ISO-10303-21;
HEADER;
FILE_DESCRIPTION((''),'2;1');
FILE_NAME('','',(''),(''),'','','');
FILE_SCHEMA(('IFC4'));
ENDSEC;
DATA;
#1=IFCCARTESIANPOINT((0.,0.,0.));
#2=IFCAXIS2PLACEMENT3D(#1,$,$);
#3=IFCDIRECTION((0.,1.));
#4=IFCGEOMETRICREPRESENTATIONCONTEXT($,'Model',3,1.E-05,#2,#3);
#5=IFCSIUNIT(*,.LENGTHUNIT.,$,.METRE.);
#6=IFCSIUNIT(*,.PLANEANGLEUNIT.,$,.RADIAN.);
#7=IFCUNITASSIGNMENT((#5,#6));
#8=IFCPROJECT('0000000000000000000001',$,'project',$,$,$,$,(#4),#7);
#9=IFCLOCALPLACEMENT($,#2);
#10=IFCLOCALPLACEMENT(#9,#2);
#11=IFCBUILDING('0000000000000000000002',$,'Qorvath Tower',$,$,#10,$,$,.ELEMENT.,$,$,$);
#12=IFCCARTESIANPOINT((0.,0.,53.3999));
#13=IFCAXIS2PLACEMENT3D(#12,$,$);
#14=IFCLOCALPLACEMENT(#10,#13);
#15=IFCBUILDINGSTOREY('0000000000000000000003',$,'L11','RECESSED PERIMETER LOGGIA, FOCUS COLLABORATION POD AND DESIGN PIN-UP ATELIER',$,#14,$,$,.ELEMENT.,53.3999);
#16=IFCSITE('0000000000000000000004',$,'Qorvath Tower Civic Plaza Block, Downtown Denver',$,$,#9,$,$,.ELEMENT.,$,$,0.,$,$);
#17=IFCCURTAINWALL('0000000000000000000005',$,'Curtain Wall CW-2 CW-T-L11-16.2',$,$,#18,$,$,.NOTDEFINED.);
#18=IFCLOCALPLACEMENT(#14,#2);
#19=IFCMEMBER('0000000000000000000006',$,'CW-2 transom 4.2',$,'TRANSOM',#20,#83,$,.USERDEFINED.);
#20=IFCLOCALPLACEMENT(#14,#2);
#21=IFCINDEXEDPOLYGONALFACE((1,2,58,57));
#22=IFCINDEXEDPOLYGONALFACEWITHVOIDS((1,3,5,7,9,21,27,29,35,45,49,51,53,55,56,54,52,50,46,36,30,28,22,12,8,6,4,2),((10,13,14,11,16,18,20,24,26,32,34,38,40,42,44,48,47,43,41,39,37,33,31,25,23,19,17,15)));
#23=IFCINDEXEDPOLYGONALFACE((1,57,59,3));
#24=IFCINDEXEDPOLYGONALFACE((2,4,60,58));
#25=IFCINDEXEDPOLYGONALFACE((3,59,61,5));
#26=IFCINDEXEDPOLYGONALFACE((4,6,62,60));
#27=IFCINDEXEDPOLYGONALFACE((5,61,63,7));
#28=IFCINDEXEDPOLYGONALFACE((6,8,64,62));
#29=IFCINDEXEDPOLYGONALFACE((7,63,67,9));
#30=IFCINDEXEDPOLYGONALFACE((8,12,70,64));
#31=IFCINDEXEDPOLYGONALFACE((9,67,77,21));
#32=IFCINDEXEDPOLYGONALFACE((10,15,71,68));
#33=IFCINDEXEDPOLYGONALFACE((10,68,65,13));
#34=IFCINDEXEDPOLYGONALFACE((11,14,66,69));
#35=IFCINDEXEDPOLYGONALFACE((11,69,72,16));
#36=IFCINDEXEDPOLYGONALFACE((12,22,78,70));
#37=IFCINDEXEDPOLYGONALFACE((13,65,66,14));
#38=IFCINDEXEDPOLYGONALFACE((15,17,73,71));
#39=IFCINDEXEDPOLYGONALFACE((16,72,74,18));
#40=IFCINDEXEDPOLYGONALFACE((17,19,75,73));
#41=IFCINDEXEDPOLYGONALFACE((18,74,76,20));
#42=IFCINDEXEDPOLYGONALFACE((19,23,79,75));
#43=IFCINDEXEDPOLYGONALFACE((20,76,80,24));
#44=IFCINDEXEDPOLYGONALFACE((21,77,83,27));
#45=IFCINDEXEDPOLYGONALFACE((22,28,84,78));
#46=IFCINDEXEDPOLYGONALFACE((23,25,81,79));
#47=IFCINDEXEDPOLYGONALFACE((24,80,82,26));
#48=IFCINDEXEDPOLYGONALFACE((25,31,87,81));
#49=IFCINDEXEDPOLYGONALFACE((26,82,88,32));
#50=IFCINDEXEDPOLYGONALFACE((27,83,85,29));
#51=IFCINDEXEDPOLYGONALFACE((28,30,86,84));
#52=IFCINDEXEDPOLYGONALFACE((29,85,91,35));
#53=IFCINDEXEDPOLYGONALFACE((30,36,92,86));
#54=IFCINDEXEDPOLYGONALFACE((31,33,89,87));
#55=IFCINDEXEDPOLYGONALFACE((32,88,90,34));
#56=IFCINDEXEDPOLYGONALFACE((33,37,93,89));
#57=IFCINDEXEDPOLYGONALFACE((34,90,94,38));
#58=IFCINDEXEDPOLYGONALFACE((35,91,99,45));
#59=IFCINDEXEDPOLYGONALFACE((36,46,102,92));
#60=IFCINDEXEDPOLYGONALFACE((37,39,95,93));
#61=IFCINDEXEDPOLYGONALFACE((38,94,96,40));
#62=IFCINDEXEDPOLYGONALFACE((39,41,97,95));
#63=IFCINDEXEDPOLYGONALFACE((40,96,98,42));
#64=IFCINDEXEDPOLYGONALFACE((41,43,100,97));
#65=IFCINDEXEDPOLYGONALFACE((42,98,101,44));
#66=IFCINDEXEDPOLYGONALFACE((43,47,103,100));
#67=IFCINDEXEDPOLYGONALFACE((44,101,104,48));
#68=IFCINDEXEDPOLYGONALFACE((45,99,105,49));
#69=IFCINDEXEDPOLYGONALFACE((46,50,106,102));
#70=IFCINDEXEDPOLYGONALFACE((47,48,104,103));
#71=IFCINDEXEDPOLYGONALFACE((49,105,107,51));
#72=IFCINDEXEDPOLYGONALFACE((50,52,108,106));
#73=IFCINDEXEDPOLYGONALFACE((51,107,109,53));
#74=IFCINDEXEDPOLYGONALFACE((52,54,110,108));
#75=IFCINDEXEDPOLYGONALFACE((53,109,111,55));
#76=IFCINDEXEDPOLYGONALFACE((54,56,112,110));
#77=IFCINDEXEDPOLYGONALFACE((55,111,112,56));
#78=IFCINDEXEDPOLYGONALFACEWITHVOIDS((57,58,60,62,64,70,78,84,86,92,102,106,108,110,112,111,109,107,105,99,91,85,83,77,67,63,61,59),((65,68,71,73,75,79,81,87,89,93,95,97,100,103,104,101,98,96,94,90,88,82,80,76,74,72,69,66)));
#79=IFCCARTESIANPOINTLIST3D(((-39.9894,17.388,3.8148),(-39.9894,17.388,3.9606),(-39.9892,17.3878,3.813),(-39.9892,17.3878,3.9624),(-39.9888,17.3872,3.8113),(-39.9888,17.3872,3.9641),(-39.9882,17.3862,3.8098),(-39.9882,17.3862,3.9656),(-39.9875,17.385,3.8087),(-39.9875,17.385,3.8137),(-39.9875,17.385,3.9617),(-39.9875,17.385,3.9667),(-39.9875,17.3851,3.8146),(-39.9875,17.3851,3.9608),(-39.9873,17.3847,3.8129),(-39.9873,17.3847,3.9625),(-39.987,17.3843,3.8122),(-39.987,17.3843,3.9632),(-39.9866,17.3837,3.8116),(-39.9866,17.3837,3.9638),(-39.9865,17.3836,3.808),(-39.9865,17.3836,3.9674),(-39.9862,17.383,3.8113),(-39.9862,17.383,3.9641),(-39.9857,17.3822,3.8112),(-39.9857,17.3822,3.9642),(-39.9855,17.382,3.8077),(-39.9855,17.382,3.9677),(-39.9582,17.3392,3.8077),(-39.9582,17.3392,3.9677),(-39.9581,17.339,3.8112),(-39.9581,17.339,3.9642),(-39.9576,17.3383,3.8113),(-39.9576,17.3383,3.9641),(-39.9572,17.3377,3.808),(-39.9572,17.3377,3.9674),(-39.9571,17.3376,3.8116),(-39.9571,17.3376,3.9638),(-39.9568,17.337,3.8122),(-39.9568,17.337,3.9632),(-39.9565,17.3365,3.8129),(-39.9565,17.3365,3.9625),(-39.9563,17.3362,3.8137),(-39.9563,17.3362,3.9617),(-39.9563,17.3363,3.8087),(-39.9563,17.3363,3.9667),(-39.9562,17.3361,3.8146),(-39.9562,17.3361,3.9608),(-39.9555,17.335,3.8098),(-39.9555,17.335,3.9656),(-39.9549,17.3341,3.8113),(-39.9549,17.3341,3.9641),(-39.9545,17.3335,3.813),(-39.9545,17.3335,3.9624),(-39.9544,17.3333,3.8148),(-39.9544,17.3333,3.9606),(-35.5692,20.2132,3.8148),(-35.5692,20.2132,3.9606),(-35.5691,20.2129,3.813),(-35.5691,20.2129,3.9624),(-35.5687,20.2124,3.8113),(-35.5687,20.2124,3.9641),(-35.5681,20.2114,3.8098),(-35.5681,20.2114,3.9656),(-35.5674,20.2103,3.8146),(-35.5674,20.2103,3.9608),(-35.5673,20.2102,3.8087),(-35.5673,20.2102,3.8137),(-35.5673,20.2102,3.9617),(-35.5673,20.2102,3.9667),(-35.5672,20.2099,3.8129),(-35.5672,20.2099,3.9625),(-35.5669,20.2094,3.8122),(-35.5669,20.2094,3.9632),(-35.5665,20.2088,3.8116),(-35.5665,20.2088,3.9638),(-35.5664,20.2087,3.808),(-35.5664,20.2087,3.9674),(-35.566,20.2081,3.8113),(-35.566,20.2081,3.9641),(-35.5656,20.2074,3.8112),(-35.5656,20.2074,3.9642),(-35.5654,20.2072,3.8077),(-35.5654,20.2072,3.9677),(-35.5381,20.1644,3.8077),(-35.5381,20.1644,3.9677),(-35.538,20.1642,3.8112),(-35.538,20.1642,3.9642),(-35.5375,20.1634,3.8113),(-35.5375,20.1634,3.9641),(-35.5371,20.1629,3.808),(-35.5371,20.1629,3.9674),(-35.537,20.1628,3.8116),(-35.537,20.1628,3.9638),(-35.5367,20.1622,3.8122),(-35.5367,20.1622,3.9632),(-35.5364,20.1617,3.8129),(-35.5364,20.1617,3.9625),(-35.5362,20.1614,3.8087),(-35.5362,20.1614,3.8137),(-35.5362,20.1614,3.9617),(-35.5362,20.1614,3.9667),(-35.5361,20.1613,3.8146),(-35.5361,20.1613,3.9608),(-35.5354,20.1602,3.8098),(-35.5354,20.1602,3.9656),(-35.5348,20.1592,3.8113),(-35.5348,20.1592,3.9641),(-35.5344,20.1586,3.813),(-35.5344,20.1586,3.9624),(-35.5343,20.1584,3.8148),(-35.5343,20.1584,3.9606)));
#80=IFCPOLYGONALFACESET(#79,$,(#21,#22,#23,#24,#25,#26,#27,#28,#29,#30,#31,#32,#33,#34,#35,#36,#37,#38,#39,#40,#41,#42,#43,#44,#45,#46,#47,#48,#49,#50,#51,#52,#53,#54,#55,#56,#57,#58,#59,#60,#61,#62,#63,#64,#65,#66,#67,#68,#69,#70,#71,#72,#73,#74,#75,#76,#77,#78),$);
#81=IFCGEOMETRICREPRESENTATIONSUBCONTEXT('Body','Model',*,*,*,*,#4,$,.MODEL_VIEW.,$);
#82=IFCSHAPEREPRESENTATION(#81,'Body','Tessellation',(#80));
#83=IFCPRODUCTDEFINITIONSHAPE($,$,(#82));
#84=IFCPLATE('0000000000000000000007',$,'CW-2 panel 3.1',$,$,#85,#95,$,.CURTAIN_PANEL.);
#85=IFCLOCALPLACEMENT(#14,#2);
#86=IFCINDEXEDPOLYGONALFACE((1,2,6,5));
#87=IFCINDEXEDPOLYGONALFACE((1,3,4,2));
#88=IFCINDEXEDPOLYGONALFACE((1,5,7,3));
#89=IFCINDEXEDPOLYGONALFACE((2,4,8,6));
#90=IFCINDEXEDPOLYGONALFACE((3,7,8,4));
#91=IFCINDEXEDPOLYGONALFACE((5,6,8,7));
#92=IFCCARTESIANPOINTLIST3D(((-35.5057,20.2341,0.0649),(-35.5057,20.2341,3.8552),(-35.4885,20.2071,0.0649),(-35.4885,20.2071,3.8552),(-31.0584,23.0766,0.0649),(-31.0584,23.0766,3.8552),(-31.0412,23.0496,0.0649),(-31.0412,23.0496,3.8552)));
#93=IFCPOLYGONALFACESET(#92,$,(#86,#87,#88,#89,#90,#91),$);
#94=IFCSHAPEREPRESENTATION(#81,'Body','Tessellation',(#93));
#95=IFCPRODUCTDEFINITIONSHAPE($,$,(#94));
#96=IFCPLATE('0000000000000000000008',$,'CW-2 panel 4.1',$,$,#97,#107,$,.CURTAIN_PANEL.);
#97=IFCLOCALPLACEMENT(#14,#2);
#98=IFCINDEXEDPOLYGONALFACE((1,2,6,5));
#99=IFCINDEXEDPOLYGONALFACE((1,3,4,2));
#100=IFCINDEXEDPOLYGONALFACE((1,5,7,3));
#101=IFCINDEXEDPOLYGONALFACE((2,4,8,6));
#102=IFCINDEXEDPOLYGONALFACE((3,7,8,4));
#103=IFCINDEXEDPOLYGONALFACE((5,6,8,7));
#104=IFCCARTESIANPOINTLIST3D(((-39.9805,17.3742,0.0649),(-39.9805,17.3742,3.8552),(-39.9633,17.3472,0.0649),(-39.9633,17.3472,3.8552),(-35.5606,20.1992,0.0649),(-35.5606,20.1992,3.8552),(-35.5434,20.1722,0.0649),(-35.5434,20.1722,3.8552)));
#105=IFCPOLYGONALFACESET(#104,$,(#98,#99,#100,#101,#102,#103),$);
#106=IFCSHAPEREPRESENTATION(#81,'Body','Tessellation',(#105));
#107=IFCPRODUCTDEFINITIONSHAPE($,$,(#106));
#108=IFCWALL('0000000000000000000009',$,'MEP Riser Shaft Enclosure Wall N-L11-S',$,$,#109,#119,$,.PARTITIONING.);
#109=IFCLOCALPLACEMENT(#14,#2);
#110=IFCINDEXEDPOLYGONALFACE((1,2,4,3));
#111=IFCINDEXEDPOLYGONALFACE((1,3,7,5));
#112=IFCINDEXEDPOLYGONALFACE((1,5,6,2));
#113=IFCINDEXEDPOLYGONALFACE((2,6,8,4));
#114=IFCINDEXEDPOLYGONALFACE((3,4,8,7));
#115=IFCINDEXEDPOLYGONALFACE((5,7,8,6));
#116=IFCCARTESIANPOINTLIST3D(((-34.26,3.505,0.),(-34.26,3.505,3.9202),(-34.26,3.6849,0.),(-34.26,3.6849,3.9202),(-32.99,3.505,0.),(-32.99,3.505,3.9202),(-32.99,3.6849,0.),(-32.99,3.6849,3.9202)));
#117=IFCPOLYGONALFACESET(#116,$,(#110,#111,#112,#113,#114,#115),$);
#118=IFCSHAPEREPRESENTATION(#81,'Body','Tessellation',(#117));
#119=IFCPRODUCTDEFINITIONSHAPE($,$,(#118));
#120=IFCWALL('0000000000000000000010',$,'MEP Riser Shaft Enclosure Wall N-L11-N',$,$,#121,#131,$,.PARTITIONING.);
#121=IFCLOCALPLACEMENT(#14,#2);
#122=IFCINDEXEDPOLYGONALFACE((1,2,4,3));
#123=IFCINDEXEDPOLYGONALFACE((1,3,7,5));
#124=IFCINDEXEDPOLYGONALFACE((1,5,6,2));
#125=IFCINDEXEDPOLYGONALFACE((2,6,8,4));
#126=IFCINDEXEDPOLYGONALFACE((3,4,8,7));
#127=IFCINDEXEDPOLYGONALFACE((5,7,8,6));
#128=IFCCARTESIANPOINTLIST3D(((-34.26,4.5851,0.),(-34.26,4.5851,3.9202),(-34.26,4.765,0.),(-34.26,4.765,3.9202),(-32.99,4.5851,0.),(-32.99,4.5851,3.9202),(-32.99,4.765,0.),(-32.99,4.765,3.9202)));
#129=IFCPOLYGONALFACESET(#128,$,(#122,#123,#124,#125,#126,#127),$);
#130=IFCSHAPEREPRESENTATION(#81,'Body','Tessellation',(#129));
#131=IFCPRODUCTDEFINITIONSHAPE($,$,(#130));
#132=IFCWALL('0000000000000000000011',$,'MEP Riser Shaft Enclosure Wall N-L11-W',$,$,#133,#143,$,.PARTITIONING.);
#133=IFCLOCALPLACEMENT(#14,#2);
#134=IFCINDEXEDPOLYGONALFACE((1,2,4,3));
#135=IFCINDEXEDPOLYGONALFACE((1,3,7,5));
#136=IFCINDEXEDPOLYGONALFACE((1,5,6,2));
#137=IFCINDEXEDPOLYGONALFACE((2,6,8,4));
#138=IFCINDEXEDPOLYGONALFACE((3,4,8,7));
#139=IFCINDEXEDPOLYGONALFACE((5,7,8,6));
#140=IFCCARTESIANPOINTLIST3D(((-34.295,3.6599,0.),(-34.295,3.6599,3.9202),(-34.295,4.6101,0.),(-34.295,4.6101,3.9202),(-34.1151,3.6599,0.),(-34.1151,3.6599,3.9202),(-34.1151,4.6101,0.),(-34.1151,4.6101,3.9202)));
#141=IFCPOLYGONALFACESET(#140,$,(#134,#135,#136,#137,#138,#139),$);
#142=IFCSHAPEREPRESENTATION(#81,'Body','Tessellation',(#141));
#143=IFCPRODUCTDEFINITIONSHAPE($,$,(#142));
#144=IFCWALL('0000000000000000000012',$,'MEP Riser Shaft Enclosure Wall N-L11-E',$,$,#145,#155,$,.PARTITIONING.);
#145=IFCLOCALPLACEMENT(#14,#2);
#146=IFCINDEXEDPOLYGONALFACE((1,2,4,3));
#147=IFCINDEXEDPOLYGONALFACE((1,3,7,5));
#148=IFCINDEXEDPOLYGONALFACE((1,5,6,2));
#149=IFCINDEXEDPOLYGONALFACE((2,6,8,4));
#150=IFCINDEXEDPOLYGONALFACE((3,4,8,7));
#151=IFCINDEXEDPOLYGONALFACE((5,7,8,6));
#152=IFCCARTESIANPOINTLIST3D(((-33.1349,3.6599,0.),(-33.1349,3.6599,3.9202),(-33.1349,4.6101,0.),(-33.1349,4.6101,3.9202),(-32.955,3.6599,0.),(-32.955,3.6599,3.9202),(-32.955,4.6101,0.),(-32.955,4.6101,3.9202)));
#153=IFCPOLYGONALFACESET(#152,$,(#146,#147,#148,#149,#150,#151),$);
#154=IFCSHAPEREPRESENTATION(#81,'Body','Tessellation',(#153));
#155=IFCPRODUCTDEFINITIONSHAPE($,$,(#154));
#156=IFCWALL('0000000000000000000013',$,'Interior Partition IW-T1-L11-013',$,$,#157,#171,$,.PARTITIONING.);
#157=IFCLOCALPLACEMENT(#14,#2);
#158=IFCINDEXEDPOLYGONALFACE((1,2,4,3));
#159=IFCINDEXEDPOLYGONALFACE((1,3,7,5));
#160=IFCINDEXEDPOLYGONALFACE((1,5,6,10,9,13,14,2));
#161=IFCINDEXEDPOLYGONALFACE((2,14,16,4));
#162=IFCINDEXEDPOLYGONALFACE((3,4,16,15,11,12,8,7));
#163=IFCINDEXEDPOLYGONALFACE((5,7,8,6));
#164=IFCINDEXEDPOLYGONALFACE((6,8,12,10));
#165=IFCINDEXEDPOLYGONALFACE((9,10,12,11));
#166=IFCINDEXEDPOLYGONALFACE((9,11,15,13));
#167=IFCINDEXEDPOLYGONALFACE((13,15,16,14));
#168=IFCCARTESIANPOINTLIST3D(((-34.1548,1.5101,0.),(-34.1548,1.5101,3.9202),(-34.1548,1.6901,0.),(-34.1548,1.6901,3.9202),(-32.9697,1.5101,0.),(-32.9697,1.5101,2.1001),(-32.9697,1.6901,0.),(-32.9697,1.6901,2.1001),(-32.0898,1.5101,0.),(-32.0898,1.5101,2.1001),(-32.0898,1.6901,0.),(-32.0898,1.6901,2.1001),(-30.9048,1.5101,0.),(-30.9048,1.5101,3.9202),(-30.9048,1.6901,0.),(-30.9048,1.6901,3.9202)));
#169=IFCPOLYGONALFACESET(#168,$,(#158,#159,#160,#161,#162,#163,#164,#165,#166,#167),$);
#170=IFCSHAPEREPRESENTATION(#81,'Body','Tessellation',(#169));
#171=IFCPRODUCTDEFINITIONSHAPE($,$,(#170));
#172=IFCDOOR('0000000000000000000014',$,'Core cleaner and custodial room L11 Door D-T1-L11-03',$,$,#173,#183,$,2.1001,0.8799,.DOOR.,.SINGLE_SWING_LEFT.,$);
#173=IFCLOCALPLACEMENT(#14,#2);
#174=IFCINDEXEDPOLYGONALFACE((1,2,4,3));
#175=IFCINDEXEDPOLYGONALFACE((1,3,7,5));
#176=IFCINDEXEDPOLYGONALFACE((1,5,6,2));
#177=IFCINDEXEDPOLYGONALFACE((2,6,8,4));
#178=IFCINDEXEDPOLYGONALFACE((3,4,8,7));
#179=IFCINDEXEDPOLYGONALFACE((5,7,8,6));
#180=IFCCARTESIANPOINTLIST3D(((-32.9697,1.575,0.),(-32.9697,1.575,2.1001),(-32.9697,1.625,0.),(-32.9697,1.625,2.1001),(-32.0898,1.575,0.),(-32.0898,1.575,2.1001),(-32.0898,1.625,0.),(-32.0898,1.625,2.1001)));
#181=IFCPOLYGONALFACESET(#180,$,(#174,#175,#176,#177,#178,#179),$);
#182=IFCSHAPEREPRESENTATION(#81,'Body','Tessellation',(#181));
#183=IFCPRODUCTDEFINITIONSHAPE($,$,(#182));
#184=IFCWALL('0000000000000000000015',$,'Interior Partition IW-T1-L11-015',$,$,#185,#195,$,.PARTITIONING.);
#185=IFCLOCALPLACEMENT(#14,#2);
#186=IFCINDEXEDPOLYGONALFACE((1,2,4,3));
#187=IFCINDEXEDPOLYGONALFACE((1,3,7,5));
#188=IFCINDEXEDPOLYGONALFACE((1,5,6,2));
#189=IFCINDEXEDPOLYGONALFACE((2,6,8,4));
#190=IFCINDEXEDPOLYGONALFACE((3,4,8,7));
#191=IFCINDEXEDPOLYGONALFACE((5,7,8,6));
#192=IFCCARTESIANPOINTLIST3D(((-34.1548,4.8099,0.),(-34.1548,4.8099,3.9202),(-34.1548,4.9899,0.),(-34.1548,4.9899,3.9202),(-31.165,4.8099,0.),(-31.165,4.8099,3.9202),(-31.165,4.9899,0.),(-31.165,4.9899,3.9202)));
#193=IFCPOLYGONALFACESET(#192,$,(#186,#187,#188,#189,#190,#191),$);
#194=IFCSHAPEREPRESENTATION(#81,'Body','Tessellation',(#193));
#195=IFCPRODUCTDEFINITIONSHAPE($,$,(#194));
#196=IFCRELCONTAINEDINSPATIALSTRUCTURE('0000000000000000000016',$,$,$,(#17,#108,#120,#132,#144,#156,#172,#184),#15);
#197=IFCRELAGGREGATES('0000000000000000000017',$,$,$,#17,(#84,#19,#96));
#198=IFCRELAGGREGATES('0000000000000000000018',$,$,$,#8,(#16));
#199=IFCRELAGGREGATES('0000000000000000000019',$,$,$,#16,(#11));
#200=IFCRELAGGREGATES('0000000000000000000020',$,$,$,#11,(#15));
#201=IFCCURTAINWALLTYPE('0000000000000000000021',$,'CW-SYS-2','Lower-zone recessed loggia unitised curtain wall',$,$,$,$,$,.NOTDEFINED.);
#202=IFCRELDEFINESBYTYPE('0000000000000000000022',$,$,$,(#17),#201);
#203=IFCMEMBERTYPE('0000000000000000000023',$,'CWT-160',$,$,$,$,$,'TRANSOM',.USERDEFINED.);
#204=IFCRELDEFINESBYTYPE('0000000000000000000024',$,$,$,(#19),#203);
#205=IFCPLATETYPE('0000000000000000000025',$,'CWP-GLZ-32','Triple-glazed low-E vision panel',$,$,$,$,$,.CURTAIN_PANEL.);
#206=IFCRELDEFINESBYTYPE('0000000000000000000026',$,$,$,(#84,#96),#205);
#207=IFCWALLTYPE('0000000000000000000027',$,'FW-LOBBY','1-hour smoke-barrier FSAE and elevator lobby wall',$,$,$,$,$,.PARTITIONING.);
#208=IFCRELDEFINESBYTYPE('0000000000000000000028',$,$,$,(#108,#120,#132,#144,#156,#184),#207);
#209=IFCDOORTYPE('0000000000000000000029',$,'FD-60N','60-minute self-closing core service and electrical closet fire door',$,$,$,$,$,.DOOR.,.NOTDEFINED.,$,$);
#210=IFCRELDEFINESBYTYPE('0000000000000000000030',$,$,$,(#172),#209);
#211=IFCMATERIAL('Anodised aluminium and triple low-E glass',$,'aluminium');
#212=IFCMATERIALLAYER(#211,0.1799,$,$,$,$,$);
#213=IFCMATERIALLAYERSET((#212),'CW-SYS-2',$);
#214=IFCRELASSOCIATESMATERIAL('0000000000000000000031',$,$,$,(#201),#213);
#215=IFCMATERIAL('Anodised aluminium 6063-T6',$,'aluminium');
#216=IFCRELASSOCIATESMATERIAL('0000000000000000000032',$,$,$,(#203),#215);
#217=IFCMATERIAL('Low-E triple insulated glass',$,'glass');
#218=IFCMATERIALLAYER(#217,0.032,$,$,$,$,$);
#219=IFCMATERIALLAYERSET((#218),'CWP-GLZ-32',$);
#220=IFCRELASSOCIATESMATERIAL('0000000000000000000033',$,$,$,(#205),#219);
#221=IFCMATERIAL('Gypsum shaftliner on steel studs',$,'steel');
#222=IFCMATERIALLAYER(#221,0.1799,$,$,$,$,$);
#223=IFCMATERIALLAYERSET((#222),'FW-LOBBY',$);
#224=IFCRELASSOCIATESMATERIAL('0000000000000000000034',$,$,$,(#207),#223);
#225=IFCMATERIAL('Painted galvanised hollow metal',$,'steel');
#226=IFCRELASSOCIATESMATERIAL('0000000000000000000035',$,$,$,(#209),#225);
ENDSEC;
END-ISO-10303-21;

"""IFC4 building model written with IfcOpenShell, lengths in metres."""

from ifc_helpers import new_model, si_unit, direction, frame, frame_2d, origin, origin_2d, place, context, subcontext, project, spatial, rectangle, hollow_rectangle, extrude, material, layer, layer_set, material_profile, profile_set, type_object, element, fill, aggregate, save


model = new_model("IFC4")

# Units and contexts
model_context = context("Model", 3, precision=1e-05, world=origin(), true_north=direction((0.0, 1.0)))
body_context = subcontext(model_context, "Body", "Model", "MODEL_VIEW")
ifc_project = project(units=[si_unit("LENGTHUNIT", "METRE"), si_unit("PLANEANGLEUNIT", "RADIAN")], contexts=[model_context])

# Site, building, storey
site_placement = place(None, origin())
site = spatial("IfcSite", under=ifc_project, at=site_placement, Name="Qorvath Tower Civic Plaza Block, Downtown Denver", CompositionType="ELEMENT", RefElevation=0.0)
building_placement = place(site_placement, origin())
building = spatial("IfcBuilding", under=site, at=building_placement, Name="Qorvath Tower", CompositionType="ELEMENT")
storey_placement = place(building_placement, frame((0.0, 0.0, 53.3999)))
storey = spatial("IfcBuildingStorey", under=building, at=storey_placement, Name="L11", Description="RECESSED PERIMETER LOGGIA, FOCUS COLLABORATION POD AND DESIGN PIN-UP ATELIER", CompositionType="ELEMENT", Elevation=53.3999)

# Curtain wall, member, plates
ifc_material_1 = material(Name="Anodised aluminium and triple low-E glass", Category="aluminium")
ifc_layer_1 = layer(ifc_material_1, 0.1799)
ifc_layer_set_1 = layer_set([ifc_layer_1], Name="CW-SYS-2")
curtain_wall_type = type_object("IfcCurtainWallType", Name="CW-SYS-2", Description="Lower-zone recessed loggia unitised curtain wall", PredefinedType="NOTDEFINED", material=ifc_layer_set_1)
curtain_wall_placement = place(storey_placement, origin())
curtain_wall = element("IfcCurtainWall", 1, at=curtain_wall_placement, inside=storey, type_object=curtain_wall_type, Name="Curtain Wall CW-2 CW-T-L11-16.2", PredefinedType="NOTDEFINED")
ifc_material_2 = material(Name="Anodised aluminium 6063-T6", Category="aluminium")
ifc_material_profile_1 = material_profile(ifc_material_2, hollow_rectangle(XDim=0.0649, YDim=0.1599, WallThickness=0.0034, InnerFilletRadius=0.0034, OuterFilletRadius=0.0071, at=origin_2d()), Name="CWT 160x65")
ifc_profile_set_1 = profile_set([ifc_material_profile_1], Name="Anodised aluminium 6063-T6")
member_type_1 = type_object("IfcMemberType", Name="CWT-160", ElementType="TRANSOM", PredefinedType="USERDEFINED", material=ifc_profile_set_1)
member_1_placement = place(storey_placement, frame((-35.5518, 20.1858, 3.8877), z_axis=(-0.842592, -0.538552, 0.0), x_axis=(0.538552, -0.842592, 0.0)))
member_1 = element("IfcMember", 2, at=member_1_placement, type_object=member_type_1, Name="CW-2 transom 4.2", ObjectType="TRANSOM", PredefinedType="USERDEFINED", context=body_context, shape_type="SweptSolid", body=[
    extrude(hollow_rectangle(XDim=0.0649, YDim=0.1599, WallThickness=0.0034, InnerFilletRadius=0.0034, OuterFilletRadius=0.0071, at=origin_2d()), origin(), (0.0, 0.0, 1.0), 5.2458),
])
ifc_material_3 = material(Name="Low-E triple insulated glass", Category="glass")
ifc_layer_2 = layer(ifc_material_3, 0.032)
ifc_layer_set_2 = layer_set([ifc_layer_2], Name="CWP-GLZ-32")
plate_type = type_object("IfcPlateType", Name="CWP-GLZ-32", Description="Triple-glazed low-E vision panel", PredefinedType="CURTAIN_PANEL", material=ifc_layer_set_2)
plate_1_placement = place(storey_placement, frame((-33.2734, 21.6418, 0.0649), z_axis=(0.0, 0.0, 1.0), x_axis=(-0.842599, -0.538541, 0.0)))
plate_1 = element("IfcPlate", 3, at=plate_1_placement, type_object=plate_type, Name="CW-2 panel 3.1", PredefinedType="CURTAIN_PANEL", context=body_context, shape_type="SweptSolid", body=[
    extrude(rectangle(XDim=5.2781, YDim=0.032, at=origin_2d()), origin(), (0.0, 0.0, 1.0), 3.7903),
])
plate_2_placement = place(storey_placement, frame((-37.762, 18.7732, 0.0649), z_axis=(0.0, 0.0, 1.0), x_axis=(-0.842599, -0.538541, 0.0)))
plate_2 = element("IfcPlate", 4, at=plate_2_placement, type_object=plate_type, Name="CW-2 panel 4.1", PredefinedType="CURTAIN_PANEL", context=body_context, shape_type="SweptSolid", body=[
    extrude(rectangle(XDim=5.2456, YDim=0.032, at=origin_2d()), origin(), (0.0, 0.0, 1.0), 3.7903),
])
aggregate(curtain_wall, [plate_1, member_1, plate_2])

# Walls
ifc_material_4 = material(Name="Gypsum shaftliner on steel studs", Category="steel")
ifc_layer_3 = layer(ifc_material_4, 0.1799)
ifc_layer_set_3 = layer_set([ifc_layer_3], Name="FW-LOBBY")
wall_type_1 = type_object("IfcWallType", Name="FW-LOBBY", Description="1-hour smoke-barrier FSAE and elevator lobby wall", PredefinedType="PARTITIONING", material=ifc_layer_set_3)
for number, where, z_axis, x_axis, name in (
    (5, (-32.99, 3.595, 0.0), (0.0, 0.0, 1.0), (-1.0, 0.0, 0.0), "MEP Riser Shaft Enclosure Wall N-L11-S"),
    (6, (-34.26, 4.675, 0.0), (0.0, 0.0, 1.0), (1.0, 0.0, 0.0), "MEP Riser Shaft Enclosure Wall N-L11-N"),
):
    element("IfcWall", number, at=place(storey_placement, frame(where, z_axis=z_axis, x_axis=x_axis)), inside=storey, type_object=wall_type_1, Name=name, PredefinedType="PARTITIONING", context=body_context, shape_type="SweptSolid", body=[
        extrude(rectangle(XDim=1.27, YDim=0.1799, at=frame_2d((0.635, 0.0))), origin(), (0.0, 0.0, 1.0), 3.9202),
    ])
for number, where, z_axis, x_axis, name in (
    (7, (-34.2051, 3.6599, 0.0), (0.0, 0.0, 1.0), (0.0, 1.0, 0.0), "MEP Riser Shaft Enclosure Wall N-L11-W"),
    (8, (-33.0449, 4.6101, 0.0), (0.0, 0.0, 1.0), (0.0, -1.0, 0.0), "MEP Riser Shaft Enclosure Wall N-L11-E"),
):
    element("IfcWall", number, at=place(storey_placement, frame(where, z_axis=z_axis, x_axis=x_axis)), inside=storey, type_object=wall_type_1, Name=name, PredefinedType="PARTITIONING", context=body_context, shape_type="SweptSolid", body=[
        extrude(rectangle(XDim=0.9502, YDim=0.1799, at=frame_2d((0.4751, 0.0))), origin(), (0.0, 0.0, 1.0), 3.9202),
    ])

# Wall, opening, door
wall_1_placement = place(storey_placement, frame((-34.1548, 1.6001, 0.0), z_axis=(0.0, 0.0, 1.0), x_axis=(1.0, 0.0, 0.0)))
wall_1 = element("IfcWall", 9, at=wall_1_placement, inside=storey, type_object=wall_type_1, Name="Interior Partition IW-T1-L11-013", PredefinedType="PARTITIONING", context=body_context, shape_type="SweptSolid", body=[
    extrude(rectangle(XDim=3.25, YDim=0.1799, at=frame_2d((1.625, 0.0))), origin(), (0.0, 0.0, 1.0), 3.9202),
])
opening_1_placement = place(wall_1_placement, frame((1.1851, 0.0, 0.0)))
opening_1 = element("IfcOpeningElement", 10, at=opening_1_placement, cuts=wall_1, PredefinedType="OPENING", context=body_context, shape_type="SweptSolid", body=[
    extrude(rectangle(XDim=0.8799, YDim=2.1001, at=frame_2d((0.4399, 1.05))), frame((0.0, 0.1001, 0.0), z_axis=(0.0, -1.0, 0.0), x_axis=(1.0, 0.0, 0.0)), (0.0, 0.0, 1.0), 0.2),
])
ifc_material_5 = material(Name="Painted galvanised hollow metal", Category="steel")
door_type_1 = type_object("IfcDoorType", Name="FD-60N", Description="60-minute self-closing core service and electrical closet fire door", OperationType="NOTDEFINED", PredefinedType="DOOR", material=ifc_material_5)
door_1_placement = place(opening_1_placement, origin())
door_1 = element("IfcDoor", 11, at=door_1_placement, inside=storey, type_object=door_type_1, Name="Core cleaner and custodial room L11 Door D-T1-L11-03", OperationType="SINGLE_SWING_LEFT", OverallHeight=2.1001, OverallWidth=0.8799, PredefinedType="DOOR", context=body_context, shape_type="SweptSolid", body=[
    extrude(rectangle(XDim=0.8799, YDim=2.1001, at=frame_2d((0.4399, 1.05))), frame((0.0, 0.0249, 0.0), z_axis=(0.0, -1.0, 0.0), x_axis=(1.0, 0.0, 0.0)), (0.0, 0.0, 1.0), 0.05),
])
fill(opening_1, door_1)

# Wall
wall_2_placement = place(storey_placement, frame((-31.165, 4.8999, 0.0), z_axis=(0.0, 0.0, 1.0), x_axis=(-1.0, 0.0, 0.0)))
element("IfcWall", 12, at=wall_2_placement, inside=storey, type_object=wall_type_1, Name="Interior Partition IW-T1-L11-015", PredefinedType="PARTITIONING", context=body_context, shape_type="SweptSolid", body=[
    extrude(rectangle(XDim=2.9897, YDim=0.1799, at=frame_2d((1.4949, 0.0))), origin(), (0.0, 0.0, 1.0), 3.9202),
])

save(model, "model.ifc")
